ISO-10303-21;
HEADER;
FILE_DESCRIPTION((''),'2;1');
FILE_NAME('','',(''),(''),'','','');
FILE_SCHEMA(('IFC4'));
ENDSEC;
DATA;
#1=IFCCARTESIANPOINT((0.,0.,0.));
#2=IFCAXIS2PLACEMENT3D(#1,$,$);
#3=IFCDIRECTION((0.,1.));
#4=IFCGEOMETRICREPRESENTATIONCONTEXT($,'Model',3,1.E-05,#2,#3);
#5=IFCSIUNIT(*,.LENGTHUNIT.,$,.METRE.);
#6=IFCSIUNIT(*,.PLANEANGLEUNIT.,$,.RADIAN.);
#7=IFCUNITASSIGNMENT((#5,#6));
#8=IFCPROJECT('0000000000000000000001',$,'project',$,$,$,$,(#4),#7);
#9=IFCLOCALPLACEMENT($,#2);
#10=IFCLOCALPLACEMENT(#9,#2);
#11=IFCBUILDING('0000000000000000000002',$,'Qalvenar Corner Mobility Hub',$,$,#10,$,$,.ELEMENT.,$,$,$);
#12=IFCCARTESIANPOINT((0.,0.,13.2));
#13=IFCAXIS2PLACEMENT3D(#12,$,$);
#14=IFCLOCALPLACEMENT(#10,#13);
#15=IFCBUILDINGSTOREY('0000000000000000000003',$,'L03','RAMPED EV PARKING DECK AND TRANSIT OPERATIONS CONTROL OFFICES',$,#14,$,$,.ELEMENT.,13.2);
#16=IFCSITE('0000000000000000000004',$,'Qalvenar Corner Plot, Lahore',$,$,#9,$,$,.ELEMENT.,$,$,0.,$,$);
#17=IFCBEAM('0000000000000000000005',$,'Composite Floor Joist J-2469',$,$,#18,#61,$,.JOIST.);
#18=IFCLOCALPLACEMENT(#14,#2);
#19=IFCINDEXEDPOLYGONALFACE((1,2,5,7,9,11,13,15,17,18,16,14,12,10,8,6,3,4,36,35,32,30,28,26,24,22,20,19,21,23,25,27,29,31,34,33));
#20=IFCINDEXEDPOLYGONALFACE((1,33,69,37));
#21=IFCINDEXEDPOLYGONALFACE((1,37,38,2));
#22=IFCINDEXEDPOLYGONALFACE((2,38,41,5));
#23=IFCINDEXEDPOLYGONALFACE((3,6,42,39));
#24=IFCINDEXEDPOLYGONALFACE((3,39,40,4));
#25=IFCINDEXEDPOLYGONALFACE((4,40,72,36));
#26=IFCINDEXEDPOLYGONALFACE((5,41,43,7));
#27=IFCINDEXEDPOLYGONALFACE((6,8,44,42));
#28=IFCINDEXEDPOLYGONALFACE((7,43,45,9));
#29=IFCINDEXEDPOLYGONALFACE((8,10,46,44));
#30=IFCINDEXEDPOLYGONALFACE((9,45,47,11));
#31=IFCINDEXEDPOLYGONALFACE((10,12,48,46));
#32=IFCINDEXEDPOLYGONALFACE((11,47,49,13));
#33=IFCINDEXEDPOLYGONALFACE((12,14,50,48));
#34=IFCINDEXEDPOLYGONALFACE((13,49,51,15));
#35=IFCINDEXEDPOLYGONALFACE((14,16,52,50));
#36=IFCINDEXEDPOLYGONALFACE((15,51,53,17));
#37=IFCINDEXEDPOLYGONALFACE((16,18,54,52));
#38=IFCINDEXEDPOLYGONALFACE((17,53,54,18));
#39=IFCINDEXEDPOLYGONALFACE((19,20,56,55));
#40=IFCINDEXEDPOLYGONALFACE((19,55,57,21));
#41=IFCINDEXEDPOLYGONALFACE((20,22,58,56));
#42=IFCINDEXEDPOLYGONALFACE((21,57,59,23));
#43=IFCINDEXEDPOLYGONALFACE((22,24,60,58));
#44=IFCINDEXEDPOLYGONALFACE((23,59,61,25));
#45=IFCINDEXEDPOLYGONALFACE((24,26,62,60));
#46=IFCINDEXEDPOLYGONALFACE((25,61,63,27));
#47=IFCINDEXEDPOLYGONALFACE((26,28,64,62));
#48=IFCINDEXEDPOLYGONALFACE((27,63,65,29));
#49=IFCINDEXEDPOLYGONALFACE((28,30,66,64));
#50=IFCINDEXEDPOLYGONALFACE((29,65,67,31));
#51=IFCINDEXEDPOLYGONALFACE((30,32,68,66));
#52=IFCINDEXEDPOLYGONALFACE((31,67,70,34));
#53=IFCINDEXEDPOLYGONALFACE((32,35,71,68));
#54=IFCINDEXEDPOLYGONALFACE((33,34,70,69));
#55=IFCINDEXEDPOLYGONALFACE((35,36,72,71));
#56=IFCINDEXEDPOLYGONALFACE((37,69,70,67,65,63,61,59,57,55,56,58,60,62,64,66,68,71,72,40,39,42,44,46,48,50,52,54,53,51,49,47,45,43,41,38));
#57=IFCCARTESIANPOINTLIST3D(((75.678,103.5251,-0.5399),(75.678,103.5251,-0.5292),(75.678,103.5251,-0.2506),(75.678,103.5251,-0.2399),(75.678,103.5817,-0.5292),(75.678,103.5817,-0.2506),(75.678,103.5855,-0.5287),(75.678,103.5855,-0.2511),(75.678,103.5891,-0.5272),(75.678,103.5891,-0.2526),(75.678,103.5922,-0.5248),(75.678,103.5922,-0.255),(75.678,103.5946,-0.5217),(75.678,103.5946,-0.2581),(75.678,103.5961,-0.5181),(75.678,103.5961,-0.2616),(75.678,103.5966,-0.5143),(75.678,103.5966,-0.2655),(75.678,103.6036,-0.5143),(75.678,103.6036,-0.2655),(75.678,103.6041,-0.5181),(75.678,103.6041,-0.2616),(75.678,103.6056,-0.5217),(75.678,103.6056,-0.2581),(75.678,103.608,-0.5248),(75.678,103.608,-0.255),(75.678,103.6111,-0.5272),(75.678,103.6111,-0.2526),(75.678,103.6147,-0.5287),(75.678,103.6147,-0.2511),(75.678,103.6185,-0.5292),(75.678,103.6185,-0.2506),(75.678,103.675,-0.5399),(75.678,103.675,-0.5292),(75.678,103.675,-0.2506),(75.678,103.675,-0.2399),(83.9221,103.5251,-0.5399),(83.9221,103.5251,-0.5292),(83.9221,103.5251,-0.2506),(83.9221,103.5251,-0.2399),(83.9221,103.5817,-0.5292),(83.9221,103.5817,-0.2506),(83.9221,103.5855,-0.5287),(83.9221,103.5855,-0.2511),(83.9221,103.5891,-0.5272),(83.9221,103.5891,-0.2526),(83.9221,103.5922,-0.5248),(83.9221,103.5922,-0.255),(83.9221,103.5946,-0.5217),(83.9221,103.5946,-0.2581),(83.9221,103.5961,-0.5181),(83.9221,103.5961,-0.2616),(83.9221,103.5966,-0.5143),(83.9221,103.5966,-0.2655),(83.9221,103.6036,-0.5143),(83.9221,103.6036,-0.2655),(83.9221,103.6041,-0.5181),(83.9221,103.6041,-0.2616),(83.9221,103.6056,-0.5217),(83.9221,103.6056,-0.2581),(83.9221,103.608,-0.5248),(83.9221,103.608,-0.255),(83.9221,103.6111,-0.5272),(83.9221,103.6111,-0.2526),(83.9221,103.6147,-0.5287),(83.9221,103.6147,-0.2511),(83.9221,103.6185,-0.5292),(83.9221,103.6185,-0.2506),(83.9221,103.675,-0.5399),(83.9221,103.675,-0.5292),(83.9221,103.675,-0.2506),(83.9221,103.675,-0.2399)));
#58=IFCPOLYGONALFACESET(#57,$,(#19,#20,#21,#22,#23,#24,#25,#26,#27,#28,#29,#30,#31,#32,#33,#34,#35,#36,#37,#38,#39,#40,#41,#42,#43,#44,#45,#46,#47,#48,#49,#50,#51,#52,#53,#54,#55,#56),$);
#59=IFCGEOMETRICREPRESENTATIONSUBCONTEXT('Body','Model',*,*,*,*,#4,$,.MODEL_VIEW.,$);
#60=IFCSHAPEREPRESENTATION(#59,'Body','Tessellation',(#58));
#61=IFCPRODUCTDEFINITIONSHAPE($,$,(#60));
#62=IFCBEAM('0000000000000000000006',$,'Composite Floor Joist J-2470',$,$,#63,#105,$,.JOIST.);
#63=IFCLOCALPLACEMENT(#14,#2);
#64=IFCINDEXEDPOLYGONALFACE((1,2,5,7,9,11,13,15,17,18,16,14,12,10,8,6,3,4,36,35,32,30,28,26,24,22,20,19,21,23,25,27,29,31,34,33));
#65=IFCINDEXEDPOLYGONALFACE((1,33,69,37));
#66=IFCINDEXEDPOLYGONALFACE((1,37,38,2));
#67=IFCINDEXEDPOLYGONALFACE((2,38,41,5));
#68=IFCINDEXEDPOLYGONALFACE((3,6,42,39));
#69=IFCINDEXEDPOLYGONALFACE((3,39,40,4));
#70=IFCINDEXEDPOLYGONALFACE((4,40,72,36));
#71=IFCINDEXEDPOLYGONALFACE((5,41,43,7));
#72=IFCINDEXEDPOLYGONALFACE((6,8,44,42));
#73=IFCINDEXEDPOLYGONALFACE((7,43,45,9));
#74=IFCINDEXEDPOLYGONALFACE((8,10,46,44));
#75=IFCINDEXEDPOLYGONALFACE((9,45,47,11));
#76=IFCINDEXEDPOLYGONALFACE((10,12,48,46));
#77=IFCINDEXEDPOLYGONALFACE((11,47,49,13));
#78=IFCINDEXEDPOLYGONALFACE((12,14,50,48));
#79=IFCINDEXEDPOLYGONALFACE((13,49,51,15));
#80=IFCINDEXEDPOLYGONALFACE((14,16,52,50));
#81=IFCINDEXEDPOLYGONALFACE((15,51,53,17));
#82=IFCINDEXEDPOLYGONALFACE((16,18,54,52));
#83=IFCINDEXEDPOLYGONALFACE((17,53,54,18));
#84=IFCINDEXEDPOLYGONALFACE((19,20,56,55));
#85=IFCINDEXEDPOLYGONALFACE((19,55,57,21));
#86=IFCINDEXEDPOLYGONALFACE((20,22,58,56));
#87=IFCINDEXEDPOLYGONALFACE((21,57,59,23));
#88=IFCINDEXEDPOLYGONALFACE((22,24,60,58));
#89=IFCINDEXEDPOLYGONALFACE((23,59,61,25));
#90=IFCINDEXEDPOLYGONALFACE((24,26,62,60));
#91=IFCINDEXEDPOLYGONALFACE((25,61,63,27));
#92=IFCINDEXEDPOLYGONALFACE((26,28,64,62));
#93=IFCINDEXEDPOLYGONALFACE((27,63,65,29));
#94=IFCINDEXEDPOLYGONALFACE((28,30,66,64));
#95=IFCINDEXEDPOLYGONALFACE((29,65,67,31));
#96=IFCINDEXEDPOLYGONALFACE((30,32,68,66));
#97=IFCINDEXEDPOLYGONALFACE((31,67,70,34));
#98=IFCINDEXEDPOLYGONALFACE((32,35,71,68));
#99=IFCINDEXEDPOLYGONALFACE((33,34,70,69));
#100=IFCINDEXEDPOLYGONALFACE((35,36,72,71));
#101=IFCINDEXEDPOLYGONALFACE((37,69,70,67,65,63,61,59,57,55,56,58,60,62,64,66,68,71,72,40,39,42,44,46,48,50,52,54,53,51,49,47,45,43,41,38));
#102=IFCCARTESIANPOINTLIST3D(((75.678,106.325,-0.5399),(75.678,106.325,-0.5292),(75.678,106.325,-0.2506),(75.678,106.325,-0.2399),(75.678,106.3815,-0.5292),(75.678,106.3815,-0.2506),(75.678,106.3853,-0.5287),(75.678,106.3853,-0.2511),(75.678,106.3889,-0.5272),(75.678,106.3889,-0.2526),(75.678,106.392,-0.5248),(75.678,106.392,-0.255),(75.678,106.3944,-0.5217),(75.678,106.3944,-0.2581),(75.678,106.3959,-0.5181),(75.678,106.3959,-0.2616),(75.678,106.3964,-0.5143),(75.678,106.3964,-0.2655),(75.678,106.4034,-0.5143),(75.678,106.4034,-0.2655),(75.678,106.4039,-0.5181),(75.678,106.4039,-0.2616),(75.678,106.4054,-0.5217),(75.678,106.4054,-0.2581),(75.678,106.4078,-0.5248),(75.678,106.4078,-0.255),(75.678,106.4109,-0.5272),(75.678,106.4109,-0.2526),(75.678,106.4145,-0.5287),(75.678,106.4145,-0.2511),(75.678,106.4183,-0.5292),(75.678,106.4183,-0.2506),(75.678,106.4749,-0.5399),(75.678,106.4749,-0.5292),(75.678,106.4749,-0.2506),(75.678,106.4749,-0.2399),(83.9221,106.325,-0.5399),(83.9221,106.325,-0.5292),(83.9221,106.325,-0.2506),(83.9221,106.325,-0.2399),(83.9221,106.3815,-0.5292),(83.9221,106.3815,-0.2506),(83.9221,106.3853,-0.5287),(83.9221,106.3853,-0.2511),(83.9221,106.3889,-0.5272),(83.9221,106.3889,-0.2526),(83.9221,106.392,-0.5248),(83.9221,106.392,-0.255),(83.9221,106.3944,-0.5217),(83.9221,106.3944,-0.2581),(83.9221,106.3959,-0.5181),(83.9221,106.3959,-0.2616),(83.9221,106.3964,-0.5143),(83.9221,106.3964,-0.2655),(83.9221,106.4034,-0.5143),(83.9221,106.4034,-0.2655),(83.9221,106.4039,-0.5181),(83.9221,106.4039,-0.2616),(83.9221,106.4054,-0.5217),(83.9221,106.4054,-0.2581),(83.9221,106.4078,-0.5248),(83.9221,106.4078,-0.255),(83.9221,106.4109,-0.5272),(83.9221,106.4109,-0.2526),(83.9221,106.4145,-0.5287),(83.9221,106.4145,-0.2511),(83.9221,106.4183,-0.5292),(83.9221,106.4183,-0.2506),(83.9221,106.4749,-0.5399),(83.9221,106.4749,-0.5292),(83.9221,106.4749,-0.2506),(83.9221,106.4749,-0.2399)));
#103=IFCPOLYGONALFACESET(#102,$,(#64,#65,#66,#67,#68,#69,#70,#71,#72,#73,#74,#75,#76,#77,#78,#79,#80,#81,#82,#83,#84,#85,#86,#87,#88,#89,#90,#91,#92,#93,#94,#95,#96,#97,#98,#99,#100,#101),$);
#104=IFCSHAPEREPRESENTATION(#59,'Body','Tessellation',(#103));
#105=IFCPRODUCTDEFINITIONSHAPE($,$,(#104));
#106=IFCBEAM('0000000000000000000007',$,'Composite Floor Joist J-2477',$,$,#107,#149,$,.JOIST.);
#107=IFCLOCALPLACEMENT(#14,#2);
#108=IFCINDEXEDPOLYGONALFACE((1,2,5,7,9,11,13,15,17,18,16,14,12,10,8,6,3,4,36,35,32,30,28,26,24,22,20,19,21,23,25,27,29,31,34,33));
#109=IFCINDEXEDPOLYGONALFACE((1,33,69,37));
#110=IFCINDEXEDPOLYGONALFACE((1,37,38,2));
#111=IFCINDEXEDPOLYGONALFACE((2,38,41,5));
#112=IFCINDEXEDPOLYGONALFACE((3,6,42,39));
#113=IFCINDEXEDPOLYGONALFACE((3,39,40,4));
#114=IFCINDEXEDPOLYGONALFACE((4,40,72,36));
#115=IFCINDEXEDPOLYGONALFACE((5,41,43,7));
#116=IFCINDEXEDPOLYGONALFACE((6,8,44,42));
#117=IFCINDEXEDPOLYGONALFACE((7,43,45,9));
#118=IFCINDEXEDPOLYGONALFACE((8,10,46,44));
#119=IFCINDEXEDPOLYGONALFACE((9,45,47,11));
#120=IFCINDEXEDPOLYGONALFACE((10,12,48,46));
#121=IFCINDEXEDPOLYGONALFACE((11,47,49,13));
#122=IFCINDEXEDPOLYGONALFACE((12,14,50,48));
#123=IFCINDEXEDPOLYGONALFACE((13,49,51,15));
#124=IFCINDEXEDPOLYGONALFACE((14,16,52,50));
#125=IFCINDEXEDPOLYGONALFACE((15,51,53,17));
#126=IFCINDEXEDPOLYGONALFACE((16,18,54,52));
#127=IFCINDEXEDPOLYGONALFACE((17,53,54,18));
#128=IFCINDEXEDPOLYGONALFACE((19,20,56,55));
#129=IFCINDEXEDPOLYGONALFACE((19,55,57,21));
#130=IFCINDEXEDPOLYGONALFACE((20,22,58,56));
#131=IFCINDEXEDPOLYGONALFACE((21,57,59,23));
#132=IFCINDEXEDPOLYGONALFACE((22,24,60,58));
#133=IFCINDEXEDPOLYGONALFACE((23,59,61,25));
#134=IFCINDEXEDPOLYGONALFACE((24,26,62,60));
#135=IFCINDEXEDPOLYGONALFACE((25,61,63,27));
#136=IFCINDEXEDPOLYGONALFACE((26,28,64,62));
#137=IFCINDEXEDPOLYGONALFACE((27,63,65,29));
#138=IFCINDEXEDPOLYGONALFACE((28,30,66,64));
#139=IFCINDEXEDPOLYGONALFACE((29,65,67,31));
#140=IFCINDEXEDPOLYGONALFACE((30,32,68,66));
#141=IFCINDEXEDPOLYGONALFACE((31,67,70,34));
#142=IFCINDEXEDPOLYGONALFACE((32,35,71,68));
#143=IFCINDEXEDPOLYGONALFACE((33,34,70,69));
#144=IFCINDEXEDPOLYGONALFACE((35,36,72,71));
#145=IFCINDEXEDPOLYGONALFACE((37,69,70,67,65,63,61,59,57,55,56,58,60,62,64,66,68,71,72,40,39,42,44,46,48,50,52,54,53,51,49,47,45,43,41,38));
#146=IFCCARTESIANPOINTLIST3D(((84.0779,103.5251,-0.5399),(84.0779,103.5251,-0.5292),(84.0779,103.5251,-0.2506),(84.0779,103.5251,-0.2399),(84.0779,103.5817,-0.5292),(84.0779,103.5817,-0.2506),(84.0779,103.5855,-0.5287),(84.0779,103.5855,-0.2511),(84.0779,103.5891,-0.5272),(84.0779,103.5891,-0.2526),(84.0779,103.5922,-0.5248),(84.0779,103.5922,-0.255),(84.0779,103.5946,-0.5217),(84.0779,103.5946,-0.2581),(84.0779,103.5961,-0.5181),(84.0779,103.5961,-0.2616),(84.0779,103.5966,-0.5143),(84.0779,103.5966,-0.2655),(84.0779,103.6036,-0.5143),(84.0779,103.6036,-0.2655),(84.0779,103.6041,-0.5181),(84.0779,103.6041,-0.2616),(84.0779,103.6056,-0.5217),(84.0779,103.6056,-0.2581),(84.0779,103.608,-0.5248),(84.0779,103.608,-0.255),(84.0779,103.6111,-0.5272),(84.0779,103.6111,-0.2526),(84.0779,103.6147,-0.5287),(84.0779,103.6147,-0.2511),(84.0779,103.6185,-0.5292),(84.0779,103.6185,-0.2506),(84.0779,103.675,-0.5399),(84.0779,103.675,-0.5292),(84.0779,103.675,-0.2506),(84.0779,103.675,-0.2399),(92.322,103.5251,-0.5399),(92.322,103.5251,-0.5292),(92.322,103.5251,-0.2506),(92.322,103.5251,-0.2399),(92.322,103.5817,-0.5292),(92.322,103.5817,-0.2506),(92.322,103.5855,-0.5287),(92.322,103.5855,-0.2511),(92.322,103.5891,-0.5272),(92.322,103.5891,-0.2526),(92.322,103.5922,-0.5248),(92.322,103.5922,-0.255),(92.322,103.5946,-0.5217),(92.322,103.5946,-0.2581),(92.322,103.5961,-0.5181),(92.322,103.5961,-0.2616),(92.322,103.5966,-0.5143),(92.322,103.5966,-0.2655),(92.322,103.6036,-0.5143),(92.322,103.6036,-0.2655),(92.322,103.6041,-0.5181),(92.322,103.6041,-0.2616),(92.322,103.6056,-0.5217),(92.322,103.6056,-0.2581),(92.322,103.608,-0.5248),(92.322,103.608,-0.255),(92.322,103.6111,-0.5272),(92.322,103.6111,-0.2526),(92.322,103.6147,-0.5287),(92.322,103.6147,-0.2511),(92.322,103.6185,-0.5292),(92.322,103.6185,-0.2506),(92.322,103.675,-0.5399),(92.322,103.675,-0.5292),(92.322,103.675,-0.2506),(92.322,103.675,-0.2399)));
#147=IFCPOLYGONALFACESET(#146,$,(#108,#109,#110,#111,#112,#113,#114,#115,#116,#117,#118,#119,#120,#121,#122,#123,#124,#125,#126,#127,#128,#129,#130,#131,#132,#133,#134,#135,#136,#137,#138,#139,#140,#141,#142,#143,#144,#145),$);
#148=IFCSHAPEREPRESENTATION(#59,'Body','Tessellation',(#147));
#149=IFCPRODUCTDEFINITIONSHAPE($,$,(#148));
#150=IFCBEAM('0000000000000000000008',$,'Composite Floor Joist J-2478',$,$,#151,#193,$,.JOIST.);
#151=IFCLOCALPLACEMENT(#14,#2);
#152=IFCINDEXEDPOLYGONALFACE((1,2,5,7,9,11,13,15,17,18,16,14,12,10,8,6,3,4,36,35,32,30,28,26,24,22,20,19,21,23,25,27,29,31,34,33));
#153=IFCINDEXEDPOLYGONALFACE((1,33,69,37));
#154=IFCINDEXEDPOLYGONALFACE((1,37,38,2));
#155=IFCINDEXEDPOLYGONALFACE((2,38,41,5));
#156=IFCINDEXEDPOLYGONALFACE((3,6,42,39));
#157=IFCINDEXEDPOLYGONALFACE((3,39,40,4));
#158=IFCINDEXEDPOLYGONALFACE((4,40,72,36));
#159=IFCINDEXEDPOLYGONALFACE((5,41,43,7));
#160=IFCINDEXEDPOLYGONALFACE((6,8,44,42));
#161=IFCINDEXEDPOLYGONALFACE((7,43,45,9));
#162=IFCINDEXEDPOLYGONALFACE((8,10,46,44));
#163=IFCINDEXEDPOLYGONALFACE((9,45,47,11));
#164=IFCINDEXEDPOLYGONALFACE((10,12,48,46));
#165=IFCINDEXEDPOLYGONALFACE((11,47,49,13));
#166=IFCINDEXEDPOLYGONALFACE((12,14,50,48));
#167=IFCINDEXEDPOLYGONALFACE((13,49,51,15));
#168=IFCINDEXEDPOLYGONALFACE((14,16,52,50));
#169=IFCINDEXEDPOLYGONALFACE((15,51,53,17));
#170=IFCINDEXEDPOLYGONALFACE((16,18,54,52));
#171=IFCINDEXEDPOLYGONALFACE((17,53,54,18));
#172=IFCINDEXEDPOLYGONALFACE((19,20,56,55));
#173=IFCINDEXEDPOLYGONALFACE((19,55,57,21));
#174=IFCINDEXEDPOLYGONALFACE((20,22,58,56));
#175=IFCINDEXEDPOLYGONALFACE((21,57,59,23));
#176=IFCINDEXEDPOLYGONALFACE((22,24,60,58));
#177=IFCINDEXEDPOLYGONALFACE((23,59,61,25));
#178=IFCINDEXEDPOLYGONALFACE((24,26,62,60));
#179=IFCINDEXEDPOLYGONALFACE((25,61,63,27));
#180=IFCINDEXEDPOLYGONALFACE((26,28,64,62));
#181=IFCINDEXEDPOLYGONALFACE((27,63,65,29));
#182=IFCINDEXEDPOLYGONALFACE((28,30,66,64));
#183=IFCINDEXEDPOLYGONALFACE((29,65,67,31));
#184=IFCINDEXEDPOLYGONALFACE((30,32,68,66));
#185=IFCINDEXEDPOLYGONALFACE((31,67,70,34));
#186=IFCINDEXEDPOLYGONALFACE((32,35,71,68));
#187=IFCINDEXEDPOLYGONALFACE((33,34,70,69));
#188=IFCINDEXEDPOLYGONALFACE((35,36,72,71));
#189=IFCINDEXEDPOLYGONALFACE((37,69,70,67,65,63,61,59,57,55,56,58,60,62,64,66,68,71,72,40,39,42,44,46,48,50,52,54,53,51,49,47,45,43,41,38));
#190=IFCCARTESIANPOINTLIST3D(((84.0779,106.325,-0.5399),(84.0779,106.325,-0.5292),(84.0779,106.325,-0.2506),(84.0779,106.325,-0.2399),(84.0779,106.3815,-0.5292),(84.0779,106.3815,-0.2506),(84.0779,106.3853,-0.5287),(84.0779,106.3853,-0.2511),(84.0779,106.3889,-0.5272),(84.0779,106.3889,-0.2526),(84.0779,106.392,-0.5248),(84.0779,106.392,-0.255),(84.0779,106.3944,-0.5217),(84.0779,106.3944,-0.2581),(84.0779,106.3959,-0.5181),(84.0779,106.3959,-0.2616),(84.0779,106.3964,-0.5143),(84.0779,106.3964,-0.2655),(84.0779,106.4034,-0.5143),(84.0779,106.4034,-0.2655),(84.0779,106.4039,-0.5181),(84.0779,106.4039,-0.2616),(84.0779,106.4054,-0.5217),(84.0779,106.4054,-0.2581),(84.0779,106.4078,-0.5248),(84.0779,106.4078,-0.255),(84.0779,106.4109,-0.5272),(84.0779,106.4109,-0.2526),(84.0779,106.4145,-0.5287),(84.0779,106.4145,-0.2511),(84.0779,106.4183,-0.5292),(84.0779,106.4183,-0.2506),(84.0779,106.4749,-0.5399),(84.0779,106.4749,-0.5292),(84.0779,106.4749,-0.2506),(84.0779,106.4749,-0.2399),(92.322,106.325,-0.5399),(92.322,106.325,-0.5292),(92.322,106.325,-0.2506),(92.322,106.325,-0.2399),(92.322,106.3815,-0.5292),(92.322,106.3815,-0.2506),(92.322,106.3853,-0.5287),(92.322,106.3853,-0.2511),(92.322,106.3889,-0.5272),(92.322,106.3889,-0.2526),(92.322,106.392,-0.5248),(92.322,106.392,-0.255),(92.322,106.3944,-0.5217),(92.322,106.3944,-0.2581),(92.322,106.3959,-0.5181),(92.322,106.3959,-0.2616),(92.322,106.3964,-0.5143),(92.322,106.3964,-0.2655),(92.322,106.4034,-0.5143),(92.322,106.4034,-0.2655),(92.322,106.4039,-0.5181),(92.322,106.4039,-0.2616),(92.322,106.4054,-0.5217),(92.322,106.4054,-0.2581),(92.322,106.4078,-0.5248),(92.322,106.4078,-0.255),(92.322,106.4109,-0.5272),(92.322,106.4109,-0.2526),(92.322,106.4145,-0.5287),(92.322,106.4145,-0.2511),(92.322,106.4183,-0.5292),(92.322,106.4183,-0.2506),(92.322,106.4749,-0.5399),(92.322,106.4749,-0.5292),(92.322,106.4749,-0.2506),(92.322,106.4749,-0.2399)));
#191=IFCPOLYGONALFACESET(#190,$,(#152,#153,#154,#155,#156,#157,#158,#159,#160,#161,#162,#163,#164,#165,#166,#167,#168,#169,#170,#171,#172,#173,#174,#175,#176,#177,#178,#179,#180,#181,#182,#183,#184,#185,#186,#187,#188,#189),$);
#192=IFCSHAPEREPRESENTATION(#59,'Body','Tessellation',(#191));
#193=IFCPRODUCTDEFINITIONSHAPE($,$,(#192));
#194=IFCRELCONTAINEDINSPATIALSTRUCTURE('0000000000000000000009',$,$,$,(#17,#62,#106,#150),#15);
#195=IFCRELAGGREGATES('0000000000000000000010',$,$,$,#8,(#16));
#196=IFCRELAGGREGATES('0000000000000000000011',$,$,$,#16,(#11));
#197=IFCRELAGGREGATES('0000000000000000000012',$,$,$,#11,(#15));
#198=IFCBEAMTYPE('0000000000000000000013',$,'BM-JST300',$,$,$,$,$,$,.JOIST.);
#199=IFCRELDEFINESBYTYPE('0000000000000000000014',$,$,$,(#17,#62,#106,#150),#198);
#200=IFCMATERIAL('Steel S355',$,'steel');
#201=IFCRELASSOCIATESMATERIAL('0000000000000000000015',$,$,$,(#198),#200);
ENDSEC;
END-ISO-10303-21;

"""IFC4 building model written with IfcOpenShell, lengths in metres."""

from ifc_helpers import new_model, si_unit, direction, frame, origin, origin_2d, place, context, subcontext, project, spatial, i_section, extrude, material, material_profile, profile_set, type_object, element, save


model = new_model("IFC4")

# Units and contexts
model_context = context("Model", 3, precision=1e-05, world=origin(), true_north=direction((0.0, 1.0)))
body_context = subcontext(model_context, "Body", "Model", "MODEL_VIEW")
ifc_project = project(units=[si_unit("LENGTHUNIT", "METRE"), si_unit("PLANEANGLEUNIT", "RADIAN")], contexts=[model_context])

# Site, building, storey
site_placement = place(None, origin())
site = spatial("IfcSite", under=ifc_project, at=site_placement, Name="Qalvenar Corner Plot, Lahore", CompositionType="ELEMENT", RefElevation=0.0)
building_placement = place(site_placement, origin())
building = spatial("IfcBuilding", under=site, at=building_placement, Name="Qalvenar Corner Mobility Hub", CompositionType="ELEMENT")
storey_placement = place(building_placement, frame((0.0, 0.0, 13.2)))
storey = spatial("IfcBuildingStorey", under=building, at=storey_placement, Name="L03", Description="RAMPED EV PARKING DECK AND TRANSIT OPERATIONS CONTROL OFFICES", CompositionType="ELEMENT", Elevation=13.2)

# Shared definitions
ifc_material = material(Name="Steel S355", Category="steel")

# Beams
ifc_material_profile_1 = material_profile(ifc_material, i_section(OverallWidth=0.1499, OverallDepth=0.3, WebThickness=0.0071, FlangeThickness=0.0107, FilletRadius=0.0149, at=origin_2d()), Name="IPE300")
ifc_profile_set_1 = profile_set([ifc_material_profile_1], Name="Steel S355")
beam_type_1 = type_object("IfcBeamType", Name="BM-JST300", PredefinedType="JOIST", material=ifc_profile_set_1)
for number, where, z_axis, x_axis, name in (
    (1, (75.678, 103.6001, -0.3899), (1.0, 0.0, 0.0), (0.0, 1.0, 0.0), "Composite Floor Joist J-2469"),
    (2, (75.678, 106.3999, -0.3899), (1.0, 0.0, 0.0), (0.0, 1.0, 0.0), "Composite Floor Joist J-2470"),
    (3, (84.0779, 103.6001, -0.3899), (1.0, 0.0, 0.0), (0.0, 1.0, 0.0), "Composite Floor Joist J-2477"),
    (4, (84.0779, 106.3999, -0.3899), (1.0, 0.0, 0.0), (0.0, 1.0, 0.0), "Composite Floor Joist J-2478"),
):
    element("IfcBeam", number, at=place(storey_placement, frame(where, z_axis=z_axis, x_axis=x_axis)), inside=storey, type_object=beam_type_1, Name=name, PredefinedType="JOIST", context=body_context, shape_type="SweptSolid", body=[
        extrude(i_section(OverallWidth=0.1499, OverallDepth=0.3, WebThickness=0.0071, FlangeThickness=0.0107, FilletRadius=0.0149, at=origin_2d()), origin(), (0.0, 0.0, 1.0), 8.2441),
    ])

save(model, "model.ifc")
